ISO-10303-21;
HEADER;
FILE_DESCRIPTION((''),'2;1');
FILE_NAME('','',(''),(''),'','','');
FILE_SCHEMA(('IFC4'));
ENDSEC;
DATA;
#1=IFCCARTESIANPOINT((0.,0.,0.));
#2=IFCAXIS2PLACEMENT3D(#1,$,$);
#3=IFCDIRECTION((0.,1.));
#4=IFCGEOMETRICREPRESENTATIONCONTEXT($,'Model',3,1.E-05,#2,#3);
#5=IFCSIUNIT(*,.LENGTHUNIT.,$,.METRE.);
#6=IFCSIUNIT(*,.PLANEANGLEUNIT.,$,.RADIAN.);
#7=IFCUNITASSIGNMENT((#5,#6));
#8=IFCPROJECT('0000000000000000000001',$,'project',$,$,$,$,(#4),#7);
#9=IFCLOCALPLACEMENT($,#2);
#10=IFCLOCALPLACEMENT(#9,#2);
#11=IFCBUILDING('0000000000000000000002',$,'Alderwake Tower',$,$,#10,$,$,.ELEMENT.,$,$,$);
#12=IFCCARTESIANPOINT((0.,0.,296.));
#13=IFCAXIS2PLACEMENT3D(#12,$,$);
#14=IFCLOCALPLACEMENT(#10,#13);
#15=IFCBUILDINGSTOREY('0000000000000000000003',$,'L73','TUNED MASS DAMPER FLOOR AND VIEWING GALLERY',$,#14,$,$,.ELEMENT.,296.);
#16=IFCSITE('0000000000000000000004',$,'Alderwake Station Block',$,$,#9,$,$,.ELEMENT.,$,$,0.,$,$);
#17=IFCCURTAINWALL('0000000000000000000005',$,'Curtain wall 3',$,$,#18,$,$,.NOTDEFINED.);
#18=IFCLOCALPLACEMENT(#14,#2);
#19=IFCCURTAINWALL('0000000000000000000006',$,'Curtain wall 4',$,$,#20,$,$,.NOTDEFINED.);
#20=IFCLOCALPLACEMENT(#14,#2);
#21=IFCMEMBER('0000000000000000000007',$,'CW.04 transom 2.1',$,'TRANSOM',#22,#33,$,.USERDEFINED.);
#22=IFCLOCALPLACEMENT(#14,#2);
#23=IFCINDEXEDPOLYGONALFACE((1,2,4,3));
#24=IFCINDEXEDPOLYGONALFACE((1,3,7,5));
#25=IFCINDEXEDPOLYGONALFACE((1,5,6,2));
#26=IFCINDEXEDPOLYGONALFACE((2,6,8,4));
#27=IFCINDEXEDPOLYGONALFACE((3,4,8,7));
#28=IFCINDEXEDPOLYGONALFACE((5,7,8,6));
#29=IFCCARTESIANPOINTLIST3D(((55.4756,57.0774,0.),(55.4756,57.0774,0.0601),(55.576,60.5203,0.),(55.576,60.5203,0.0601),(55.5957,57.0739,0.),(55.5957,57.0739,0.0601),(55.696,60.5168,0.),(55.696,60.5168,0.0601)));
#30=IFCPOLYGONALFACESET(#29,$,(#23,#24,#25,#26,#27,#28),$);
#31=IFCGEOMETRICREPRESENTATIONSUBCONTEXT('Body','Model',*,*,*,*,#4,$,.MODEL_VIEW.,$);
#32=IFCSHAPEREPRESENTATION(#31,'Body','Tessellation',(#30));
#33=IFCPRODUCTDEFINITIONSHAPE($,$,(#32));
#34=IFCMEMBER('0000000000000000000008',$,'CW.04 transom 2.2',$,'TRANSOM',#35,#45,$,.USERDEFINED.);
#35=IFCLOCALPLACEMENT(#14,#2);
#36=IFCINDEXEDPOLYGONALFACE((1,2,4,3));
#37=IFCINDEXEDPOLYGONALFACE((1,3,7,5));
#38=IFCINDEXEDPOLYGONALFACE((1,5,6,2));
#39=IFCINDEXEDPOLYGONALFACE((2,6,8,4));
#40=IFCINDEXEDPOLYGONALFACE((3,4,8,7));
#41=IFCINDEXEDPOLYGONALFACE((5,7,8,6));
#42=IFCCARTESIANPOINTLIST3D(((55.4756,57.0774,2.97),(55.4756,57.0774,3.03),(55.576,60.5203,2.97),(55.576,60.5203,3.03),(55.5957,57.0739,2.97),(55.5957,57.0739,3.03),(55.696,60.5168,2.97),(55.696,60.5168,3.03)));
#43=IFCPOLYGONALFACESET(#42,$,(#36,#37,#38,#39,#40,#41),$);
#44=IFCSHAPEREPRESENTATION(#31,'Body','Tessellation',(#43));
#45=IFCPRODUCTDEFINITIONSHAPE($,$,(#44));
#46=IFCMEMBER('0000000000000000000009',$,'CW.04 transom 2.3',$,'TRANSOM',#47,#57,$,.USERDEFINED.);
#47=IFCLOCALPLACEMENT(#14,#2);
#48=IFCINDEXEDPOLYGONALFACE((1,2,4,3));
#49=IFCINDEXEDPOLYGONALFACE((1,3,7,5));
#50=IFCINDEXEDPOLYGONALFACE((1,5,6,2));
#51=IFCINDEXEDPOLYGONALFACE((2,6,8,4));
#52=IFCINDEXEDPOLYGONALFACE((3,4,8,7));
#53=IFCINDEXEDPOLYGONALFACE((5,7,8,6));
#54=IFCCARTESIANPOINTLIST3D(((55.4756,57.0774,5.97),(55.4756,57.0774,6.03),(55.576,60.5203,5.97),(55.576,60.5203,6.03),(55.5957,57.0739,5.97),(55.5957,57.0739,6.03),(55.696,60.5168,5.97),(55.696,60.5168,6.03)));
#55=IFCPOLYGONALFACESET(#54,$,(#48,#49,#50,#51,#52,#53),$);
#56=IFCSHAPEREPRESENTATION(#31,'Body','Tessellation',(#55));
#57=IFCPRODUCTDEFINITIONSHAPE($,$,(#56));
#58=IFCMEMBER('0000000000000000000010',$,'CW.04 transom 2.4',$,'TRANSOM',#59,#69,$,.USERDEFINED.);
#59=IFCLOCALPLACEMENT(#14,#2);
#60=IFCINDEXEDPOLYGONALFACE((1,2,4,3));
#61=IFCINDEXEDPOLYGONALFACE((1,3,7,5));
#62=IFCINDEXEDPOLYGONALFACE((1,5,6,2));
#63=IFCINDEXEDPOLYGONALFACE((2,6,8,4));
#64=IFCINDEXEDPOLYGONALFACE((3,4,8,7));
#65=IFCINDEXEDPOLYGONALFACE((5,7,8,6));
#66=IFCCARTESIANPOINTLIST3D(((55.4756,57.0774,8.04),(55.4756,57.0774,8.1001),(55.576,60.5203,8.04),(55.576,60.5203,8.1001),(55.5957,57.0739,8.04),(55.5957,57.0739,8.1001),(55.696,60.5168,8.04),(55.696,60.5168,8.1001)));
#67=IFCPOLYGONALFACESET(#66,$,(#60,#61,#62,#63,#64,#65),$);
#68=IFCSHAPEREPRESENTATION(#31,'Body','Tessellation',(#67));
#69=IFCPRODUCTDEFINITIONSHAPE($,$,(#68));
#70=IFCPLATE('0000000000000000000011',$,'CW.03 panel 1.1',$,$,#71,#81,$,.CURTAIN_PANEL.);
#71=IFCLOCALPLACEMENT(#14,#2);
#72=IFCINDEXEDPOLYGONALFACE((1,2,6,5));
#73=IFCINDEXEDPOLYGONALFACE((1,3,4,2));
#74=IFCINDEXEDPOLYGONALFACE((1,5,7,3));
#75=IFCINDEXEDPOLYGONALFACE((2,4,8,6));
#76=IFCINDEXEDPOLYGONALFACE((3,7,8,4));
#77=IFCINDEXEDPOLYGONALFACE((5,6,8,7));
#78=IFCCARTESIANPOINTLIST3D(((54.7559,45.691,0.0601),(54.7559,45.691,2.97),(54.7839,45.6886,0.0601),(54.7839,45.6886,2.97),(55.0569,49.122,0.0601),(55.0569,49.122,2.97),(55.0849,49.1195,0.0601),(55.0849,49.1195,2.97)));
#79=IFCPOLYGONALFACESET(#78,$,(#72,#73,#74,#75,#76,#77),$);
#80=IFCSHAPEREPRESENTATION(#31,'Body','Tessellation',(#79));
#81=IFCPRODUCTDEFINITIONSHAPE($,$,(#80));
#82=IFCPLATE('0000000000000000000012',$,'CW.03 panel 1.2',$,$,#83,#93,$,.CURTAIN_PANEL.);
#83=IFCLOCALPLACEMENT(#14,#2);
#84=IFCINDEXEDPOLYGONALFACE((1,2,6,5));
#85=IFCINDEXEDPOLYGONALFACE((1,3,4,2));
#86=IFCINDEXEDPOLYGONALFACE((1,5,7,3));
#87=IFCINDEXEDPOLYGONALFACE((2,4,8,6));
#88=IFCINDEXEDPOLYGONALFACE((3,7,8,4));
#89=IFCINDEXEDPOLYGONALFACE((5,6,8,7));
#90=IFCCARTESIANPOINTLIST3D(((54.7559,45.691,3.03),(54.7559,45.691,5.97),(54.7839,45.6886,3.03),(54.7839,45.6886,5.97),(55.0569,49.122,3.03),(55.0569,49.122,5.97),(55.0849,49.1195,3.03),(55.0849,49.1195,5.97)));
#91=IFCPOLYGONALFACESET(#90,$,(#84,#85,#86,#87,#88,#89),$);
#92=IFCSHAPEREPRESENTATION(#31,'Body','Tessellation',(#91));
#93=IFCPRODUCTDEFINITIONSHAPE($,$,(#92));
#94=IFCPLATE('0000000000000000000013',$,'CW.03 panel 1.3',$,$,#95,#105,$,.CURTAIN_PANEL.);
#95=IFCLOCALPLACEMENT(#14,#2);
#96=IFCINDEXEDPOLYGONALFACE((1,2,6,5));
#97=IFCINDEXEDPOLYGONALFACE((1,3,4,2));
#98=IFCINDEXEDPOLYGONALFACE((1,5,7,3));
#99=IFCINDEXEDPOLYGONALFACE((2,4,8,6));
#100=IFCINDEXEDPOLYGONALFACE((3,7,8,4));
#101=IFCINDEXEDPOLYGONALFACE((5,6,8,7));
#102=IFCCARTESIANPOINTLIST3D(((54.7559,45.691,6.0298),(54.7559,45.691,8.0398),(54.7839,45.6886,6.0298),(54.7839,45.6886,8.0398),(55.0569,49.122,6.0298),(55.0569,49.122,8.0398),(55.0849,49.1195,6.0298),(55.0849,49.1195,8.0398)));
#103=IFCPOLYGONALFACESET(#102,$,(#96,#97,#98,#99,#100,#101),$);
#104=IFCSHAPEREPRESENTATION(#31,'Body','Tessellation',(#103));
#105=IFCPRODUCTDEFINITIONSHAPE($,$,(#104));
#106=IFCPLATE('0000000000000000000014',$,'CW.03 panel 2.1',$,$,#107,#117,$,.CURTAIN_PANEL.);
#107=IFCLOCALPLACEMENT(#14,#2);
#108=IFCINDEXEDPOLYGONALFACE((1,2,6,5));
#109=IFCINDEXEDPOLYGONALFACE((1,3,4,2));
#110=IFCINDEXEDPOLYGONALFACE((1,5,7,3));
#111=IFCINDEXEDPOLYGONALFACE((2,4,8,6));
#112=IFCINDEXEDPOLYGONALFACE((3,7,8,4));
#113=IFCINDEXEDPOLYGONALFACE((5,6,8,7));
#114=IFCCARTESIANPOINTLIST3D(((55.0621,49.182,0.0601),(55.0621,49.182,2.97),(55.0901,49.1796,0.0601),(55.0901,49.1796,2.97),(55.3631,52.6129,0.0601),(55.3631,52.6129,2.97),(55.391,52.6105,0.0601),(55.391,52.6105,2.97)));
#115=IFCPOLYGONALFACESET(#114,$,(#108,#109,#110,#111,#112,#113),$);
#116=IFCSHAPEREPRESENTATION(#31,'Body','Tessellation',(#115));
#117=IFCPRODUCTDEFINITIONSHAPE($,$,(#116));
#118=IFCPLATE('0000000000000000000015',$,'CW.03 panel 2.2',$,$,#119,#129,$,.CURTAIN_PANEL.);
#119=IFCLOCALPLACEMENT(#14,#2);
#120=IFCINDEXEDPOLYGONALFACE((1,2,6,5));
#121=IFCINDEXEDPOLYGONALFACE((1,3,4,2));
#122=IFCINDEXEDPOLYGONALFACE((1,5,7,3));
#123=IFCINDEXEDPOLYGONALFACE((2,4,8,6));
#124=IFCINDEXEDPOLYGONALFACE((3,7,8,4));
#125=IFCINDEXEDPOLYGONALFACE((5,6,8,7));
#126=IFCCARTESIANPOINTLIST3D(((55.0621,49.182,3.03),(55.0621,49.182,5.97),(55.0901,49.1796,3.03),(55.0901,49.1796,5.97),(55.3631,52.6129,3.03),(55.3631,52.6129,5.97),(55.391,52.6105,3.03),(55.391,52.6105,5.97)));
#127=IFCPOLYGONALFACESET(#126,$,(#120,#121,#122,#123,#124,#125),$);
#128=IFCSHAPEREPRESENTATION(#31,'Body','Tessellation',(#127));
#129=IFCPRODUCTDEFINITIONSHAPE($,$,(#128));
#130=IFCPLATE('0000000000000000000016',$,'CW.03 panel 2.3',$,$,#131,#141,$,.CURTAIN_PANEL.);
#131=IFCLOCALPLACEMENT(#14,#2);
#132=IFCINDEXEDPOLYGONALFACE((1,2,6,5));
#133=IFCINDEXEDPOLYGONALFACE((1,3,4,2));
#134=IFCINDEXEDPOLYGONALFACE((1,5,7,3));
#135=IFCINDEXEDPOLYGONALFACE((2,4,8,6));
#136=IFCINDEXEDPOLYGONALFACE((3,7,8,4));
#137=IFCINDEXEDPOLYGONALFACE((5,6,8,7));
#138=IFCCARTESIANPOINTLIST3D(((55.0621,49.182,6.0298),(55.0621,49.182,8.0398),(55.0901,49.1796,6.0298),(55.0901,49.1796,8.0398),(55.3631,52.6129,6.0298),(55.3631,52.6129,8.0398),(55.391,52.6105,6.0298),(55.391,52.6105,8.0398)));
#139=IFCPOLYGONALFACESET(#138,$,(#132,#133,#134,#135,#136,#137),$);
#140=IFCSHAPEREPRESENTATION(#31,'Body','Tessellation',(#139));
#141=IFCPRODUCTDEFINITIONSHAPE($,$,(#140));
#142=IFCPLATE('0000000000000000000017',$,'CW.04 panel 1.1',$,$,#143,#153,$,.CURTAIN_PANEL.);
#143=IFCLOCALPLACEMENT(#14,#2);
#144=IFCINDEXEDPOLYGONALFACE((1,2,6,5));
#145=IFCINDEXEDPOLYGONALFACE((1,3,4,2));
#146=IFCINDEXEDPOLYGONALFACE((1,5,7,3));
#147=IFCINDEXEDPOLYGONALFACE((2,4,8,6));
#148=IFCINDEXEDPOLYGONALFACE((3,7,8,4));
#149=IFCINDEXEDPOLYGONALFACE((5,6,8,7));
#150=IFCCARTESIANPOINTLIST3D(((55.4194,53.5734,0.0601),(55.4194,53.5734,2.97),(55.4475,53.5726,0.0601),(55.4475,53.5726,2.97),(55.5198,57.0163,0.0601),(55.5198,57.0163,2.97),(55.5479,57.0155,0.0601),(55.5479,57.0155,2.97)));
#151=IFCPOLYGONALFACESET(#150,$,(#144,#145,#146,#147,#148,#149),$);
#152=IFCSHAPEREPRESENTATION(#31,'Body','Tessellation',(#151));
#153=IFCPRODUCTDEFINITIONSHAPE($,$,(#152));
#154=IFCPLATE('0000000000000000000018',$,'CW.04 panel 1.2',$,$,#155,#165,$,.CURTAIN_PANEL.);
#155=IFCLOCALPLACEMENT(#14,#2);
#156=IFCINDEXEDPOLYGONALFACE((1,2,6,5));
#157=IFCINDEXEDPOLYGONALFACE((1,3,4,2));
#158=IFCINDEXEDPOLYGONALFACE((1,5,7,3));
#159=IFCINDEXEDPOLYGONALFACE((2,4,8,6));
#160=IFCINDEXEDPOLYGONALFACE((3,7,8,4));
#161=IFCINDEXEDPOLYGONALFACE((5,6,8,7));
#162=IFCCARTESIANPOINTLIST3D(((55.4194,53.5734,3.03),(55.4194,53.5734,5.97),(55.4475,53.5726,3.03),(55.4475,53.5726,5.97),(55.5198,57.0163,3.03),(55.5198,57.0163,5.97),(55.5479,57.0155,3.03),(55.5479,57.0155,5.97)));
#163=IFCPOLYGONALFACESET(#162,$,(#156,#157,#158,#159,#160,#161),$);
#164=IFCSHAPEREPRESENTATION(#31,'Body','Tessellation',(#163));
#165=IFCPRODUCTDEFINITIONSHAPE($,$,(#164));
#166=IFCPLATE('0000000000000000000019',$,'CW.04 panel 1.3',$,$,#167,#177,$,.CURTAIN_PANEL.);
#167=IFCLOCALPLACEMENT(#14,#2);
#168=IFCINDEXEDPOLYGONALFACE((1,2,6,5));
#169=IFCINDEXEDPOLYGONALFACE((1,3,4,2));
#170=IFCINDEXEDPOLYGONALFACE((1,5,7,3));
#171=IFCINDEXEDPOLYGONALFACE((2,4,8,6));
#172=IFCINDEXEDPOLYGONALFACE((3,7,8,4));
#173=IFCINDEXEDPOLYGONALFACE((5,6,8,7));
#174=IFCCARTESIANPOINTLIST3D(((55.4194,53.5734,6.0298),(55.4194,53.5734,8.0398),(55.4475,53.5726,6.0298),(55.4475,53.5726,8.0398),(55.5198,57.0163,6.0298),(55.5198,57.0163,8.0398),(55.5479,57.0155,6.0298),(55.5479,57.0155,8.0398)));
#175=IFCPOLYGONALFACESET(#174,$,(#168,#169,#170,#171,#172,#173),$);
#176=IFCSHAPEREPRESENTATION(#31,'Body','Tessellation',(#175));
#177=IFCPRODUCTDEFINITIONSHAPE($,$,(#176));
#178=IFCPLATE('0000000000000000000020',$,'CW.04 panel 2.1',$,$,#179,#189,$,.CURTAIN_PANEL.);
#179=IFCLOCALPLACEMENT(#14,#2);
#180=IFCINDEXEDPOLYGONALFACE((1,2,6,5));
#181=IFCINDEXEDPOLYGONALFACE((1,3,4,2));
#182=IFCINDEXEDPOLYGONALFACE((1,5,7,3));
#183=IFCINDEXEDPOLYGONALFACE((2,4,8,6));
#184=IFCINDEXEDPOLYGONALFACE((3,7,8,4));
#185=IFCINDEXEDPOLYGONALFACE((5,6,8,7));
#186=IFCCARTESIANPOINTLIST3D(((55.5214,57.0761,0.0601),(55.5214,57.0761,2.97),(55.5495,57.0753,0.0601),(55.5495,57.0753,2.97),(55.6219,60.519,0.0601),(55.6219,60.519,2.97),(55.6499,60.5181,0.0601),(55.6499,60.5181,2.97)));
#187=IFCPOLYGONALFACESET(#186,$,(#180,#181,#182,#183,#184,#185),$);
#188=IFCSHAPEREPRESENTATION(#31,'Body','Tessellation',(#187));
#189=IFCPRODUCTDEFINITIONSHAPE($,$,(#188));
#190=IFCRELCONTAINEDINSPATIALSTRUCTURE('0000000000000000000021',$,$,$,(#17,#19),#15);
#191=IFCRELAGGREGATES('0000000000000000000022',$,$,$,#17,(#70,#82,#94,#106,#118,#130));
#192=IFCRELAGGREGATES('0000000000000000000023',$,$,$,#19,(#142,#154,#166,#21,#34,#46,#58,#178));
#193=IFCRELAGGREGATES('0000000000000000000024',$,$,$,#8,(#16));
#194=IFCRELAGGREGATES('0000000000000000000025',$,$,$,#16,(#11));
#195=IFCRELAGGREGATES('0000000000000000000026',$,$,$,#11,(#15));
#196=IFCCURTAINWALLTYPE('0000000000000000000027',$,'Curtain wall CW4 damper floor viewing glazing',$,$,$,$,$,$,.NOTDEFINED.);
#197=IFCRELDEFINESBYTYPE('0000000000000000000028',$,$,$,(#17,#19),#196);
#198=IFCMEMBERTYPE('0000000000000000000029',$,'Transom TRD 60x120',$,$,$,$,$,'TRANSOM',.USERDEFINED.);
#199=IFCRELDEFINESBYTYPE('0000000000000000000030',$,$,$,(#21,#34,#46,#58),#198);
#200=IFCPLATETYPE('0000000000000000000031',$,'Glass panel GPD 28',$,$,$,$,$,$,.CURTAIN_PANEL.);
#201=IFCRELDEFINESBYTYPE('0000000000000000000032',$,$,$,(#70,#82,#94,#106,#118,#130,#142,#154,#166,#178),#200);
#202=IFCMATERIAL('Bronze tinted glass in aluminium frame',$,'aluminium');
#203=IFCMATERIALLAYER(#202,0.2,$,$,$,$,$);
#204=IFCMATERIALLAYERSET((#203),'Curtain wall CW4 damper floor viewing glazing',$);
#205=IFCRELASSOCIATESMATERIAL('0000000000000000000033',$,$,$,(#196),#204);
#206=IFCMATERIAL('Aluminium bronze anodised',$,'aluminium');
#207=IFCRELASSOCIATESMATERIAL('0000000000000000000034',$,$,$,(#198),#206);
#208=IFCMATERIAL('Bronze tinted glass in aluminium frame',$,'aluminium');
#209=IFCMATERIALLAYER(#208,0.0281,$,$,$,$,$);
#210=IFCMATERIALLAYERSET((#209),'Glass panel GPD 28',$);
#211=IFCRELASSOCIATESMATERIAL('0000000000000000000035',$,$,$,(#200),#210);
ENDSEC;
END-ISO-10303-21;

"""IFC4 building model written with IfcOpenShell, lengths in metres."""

from ifc_helpers import new_model, si_unit, direction, frame, origin, origin_2d, place, context, subcontext, project, spatial, rectangle, extrude, material, layer, layer_set, material_profile, profile_set, type_object, element, aggregate, save


model = new_model("IFC4")

# Units and contexts
model_context = context("Model", 3, precision=1e-05, world=origin(), true_north=direction((0.0, 1.0)))
body_context = subcontext(model_context, "Body", "Model", "MODEL_VIEW")
ifc_project = project(units=[si_unit("LENGTHUNIT", "METRE"), si_unit("PLANEANGLEUNIT", "RADIAN")], contexts=[model_context])

# Site, building, storey
site_placement = place(None, origin())
site = spatial("IfcSite", under=ifc_project, at=site_placement, Name="Alderwake Station Block", CompositionType="ELEMENT", RefElevation=0.0)
building_placement = place(site_placement, origin())
building = spatial("IfcBuilding", under=site, at=building_placement, Name="Alderwake Tower", CompositionType="ELEMENT")
storey_placement = place(building_placement, frame((0.0, 0.0, 296.0)))
storey = spatial("IfcBuildingStorey", under=building, at=storey_placement, Name="L73", Description="TUNED MASS DAMPER FLOOR AND VIEWING GALLERY", CompositionType="ELEMENT", Elevation=296.0)

# Curtain walls
ifc_material_1 = material(Name="Bronze tinted glass in aluminium frame", Category="aluminium")
ifc_layer_1 = layer(ifc_material_1, 0.2)
ifc_layer_set_1 = layer_set([ifc_layer_1], Name="Curtain wall CW4 damper floor viewing glazing")
curtain_wall_type = type_object("IfcCurtainWallType", Name="Curtain wall CW4 damper floor viewing glazing", PredefinedType="NOTDEFINED", material=ifc_layer_set_1)
curtain_wall_1_placement = place(storey_placement, origin())
curtain_wall_1 = element("IfcCurtainWall", 1, at=curtain_wall_1_placement, inside=storey, type_object=curtain_wall_type, Name="Curtain wall 3", PredefinedType="NOTDEFINED")
curtain_wall_2_placement = place(storey_placement, origin())
curtain_wall_2 = element("IfcCurtainWall", 2, at=curtain_wall_2_placement, inside=storey, type_object=curtain_wall_type, Name="Curtain wall 4", PredefinedType="NOTDEFINED")

# Members
ifc_material_2 = material(Name="Aluminium bronze anodised", Category="aluminium")
ifc_material_profile_1 = material_profile(ifc_material_2, rectangle(XDim=0.1201, YDim=0.0601, at=origin_2d()), Name="Transom TRD 60x120")
ifc_profile_set_1 = profile_set([ifc_material_profile_1], Name="Aluminium bronze anodised")
member_type_1 = type_object("IfcMemberType", Name="Transom TRD 60x120", ElementType="TRANSOM", PredefinedType="USERDEFINED", material=ifc_profile_set_1)
member_1_placement = place(storey_placement, frame((55.5356, 57.0757, 0.03), z_axis=(0.029132, 0.999576, 0.0), x_axis=(-0.999576, 0.029132, 0.0)))
member_1 = element("IfcMember", 3, at=member_1_placement, type_object=member_type_1, Name="CW.04 transom 2.1", ObjectType="TRANSOM", PredefinedType="USERDEFINED", context=body_context, shape_type="SweptSolid", body=[
    extrude(rectangle(XDim=0.1201, YDim=0.0601, at=origin_2d()), origin(), (0.0, 0.0, 1.0), 3.4443),
])
member_2_placement = place(storey_placement, frame((55.5356, 57.0757, 3.0), z_axis=(0.029132, 0.999576, 0.0), x_axis=(-0.999576, 0.029132, 0.0)))
member_2 = element("IfcMember", 4, at=member_2_placement, type_object=member_type_1, Name="CW.04 transom 2.2", ObjectType="TRANSOM", PredefinedType="USERDEFINED", context=body_context, shape_type="SweptSolid", body=[
    extrude(rectangle(XDim=0.1201, YDim=0.0601, at=origin_2d()), origin(), (0.0, 0.0, 1.0), 3.4443),
])
member_3_placement = place(storey_placement, frame((55.5356, 57.0757, 6.0), z_axis=(0.029132, 0.999576, 0.0), x_axis=(-0.999576, 0.029132, 0.0)))
member_3 = element("IfcMember", 5, at=member_3_placement, type_object=member_type_1, Name="CW.04 transom 2.3", ObjectType="TRANSOM", PredefinedType="USERDEFINED", context=body_context, shape_type="SweptSolid", body=[
    extrude(rectangle(XDim=0.1201, YDim=0.0601, at=origin_2d()), origin(), (0.0, 0.0, 1.0), 3.4443),
])
member_4_placement = place(storey_placement, frame((55.5356, 57.0757, 8.0701), z_axis=(0.029132, 0.999576, 0.0), x_axis=(-0.999576, 0.029132, 0.0)))
member_4 = element("IfcMember", 6, at=member_4_placement, type_object=member_type_1, Name="CW.04 transom 2.4", ObjectType="TRANSOM", PredefinedType="USERDEFINED", context=body_context, shape_type="SweptSolid", body=[
    extrude(rectangle(XDim=0.1201, YDim=0.0601, at=origin_2d()), origin(), (0.0, 0.0, 1.0), 3.4443),
])

# Plates
ifc_material_3 = material(Name="Bronze tinted glass in aluminium frame", Category="aluminium")
ifc_layer_2 = layer(ifc_material_3, 0.0281)
ifc_layer_set_2 = layer_set([ifc_layer_2], Name="Glass panel GPD 28")
plate_type = type_object("IfcPlateType", Name="Glass panel GPD 28", PredefinedType="CURTAIN_PANEL", material=ifc_layer_set_2)
plate_1_placement = place(storey_placement, frame((54.9204, 47.4053, 0.0601), z_axis=(0.0, 0.0, 1.0), x_axis=(0.08739, 0.996174, 0.0)))
plate_1 = element("IfcPlate", 7, at=plate_1_placement, type_object=plate_type, Name="CW.03 panel 1.1", PredefinedType="CURTAIN_PANEL", context=body_context, shape_type="SweptSolid", body=[
    extrude(rectangle(XDim=3.4441, YDim=0.0281, at=origin_2d()), origin(), (0.0, 0.0, 1.0), 2.9099),
])
plate_2_placement = place(storey_placement, frame((54.9204, 47.4053, 3.03), z_axis=(0.0, 0.0, 1.0), x_axis=(0.08739, 0.996174, 0.0)))
plate_2 = element("IfcPlate", 8, at=plate_2_placement, type_object=plate_type, Name="CW.03 panel 1.2", PredefinedType="CURTAIN_PANEL", context=body_context, shape_type="SweptSolid", body=[
    extrude(rectangle(XDim=3.4441, YDim=0.0281, at=origin_2d()), origin(), (0.0, 0.0, 1.0), 2.9399),
])
plate_3_placement = place(storey_placement, frame((54.9204, 47.4053, 6.0298), z_axis=(0.0, 0.0, 1.0), x_axis=(0.08739, 0.996174, 0.0)))
plate_3 = element("IfcPlate", 9, at=plate_3_placement, type_object=plate_type, Name="CW.03 panel 1.3", PredefinedType="CURTAIN_PANEL", context=body_context, shape_type="SweptSolid", body=[
    extrude(rectangle(XDim=3.4441, YDim=0.0281, at=origin_2d()), origin(), (0.0, 0.0, 1.0), 2.01),
])
plate_4_placement = place(storey_placement, frame((55.2266, 50.8962, 0.0601), z_axis=(0.0, 0.0, 1.0), x_axis=(0.08739, 0.996174, 0.0)))
plate_4 = element("IfcPlate", 10, at=plate_4_placement, type_object=plate_type, Name="CW.03 panel 2.1", PredefinedType="CURTAIN_PANEL", context=body_context, shape_type="SweptSolid", body=[
    extrude(rectangle(XDim=3.4441, YDim=0.0281, at=origin_2d()), origin(), (0.0, 0.0, 1.0), 2.9099),
])
plate_5_placement = place(storey_placement, frame((55.2266, 50.8962, 3.03), z_axis=(0.0, 0.0, 1.0), x_axis=(0.08739, 0.996174, 0.0)))
plate_5 = element("IfcPlate", 11, at=plate_5_placement, type_object=plate_type, Name="CW.03 panel 2.2", PredefinedType="CURTAIN_PANEL", context=body_context, shape_type="SweptSolid", body=[
    extrude(rectangle(XDim=3.4441, YDim=0.0281, at=origin_2d()), origin(), (0.0, 0.0, 1.0), 2.9399),
])
plate_6_placement = place(storey_placement, frame((55.2266, 50.8962, 6.0298), z_axis=(0.0, 0.0, 1.0), x_axis=(0.08739, 0.996174, 0.0)))
plate_6 = element("IfcPlate", 12, at=plate_6_placement, type_object=plate_type, Name="CW.03 panel 2.3", PredefinedType="CURTAIN_PANEL", context=body_context, shape_type="SweptSolid", body=[
    extrude(rectangle(XDim=3.4441, YDim=0.0281, at=origin_2d()), origin(), (0.0, 0.0, 1.0), 2.01),
])
aggregate(curtain_wall_1, [plate_1, plate_2, plate_3, plate_4, plate_5, plate_6])
plate_7_placement = place(storey_placement, frame((55.4836, 55.2944, 0.0601), z_axis=(0.0, 0.0, 1.0), x_axis=(0.029158, 0.999575, 0.0)))
plate_7 = element("IfcPlate", 13, at=plate_7_placement, type_object=plate_type, Name="CW.04 panel 1.1", PredefinedType="CURTAIN_PANEL", context=body_context, shape_type="SweptSolid", body=[
    extrude(rectangle(XDim=3.4443, YDim=0.0281, at=origin_2d()), origin(), (0.0, 0.0, 1.0), 2.9099),
])
plate_8_placement = place(storey_placement, frame((55.4836, 55.2944, 3.03), z_axis=(0.0, 0.0, 1.0), x_axis=(0.029158, 0.999575, 0.0)))
plate_8 = element("IfcPlate", 14, at=plate_8_placement, type_object=plate_type, Name="CW.04 panel 1.2", PredefinedType="CURTAIN_PANEL", context=body_context, shape_type="SweptSolid", body=[
    extrude(rectangle(XDim=3.4443, YDim=0.0281, at=origin_2d()), origin(), (0.0, 0.0, 1.0), 2.9399),
])
plate_9_placement = place(storey_placement, frame((55.4836, 55.2944, 6.0298), z_axis=(0.0, 0.0, 1.0), x_axis=(0.029158, 0.999575, 0.0)))
plate_9 = element("IfcPlate", 15, at=plate_9_placement, type_object=plate_type, Name="CW.04 panel 1.3", PredefinedType="CURTAIN_PANEL", context=body_context, shape_type="SweptSolid", body=[
    extrude(rectangle(XDim=3.4443, YDim=0.0281, at=origin_2d()), origin(), (0.0, 0.0, 1.0), 2.01),
])
plate_10_placement = place(storey_placement, frame((55.5857, 58.7971, 0.0601), z_axis=(0.0, 0.0, 1.0), x_axis=(0.029158, 0.999575, 0.0)))
plate_10 = element("IfcPlate", 16, at=plate_10_placement, type_object=plate_type, Name="CW.04 panel 2.1", PredefinedType="CURTAIN_PANEL", context=body_context, shape_type="SweptSolid", body=[
    extrude(rectangle(XDim=3.4443, YDim=0.0281, at=origin_2d()), origin(), (0.0, 0.0, 1.0), 2.9099),
])
aggregate(curtain_wall_2, [plate_7, plate_8, plate_9, member_1, member_2, member_3, member_4, plate_10])

save(model, "model.ifc")
